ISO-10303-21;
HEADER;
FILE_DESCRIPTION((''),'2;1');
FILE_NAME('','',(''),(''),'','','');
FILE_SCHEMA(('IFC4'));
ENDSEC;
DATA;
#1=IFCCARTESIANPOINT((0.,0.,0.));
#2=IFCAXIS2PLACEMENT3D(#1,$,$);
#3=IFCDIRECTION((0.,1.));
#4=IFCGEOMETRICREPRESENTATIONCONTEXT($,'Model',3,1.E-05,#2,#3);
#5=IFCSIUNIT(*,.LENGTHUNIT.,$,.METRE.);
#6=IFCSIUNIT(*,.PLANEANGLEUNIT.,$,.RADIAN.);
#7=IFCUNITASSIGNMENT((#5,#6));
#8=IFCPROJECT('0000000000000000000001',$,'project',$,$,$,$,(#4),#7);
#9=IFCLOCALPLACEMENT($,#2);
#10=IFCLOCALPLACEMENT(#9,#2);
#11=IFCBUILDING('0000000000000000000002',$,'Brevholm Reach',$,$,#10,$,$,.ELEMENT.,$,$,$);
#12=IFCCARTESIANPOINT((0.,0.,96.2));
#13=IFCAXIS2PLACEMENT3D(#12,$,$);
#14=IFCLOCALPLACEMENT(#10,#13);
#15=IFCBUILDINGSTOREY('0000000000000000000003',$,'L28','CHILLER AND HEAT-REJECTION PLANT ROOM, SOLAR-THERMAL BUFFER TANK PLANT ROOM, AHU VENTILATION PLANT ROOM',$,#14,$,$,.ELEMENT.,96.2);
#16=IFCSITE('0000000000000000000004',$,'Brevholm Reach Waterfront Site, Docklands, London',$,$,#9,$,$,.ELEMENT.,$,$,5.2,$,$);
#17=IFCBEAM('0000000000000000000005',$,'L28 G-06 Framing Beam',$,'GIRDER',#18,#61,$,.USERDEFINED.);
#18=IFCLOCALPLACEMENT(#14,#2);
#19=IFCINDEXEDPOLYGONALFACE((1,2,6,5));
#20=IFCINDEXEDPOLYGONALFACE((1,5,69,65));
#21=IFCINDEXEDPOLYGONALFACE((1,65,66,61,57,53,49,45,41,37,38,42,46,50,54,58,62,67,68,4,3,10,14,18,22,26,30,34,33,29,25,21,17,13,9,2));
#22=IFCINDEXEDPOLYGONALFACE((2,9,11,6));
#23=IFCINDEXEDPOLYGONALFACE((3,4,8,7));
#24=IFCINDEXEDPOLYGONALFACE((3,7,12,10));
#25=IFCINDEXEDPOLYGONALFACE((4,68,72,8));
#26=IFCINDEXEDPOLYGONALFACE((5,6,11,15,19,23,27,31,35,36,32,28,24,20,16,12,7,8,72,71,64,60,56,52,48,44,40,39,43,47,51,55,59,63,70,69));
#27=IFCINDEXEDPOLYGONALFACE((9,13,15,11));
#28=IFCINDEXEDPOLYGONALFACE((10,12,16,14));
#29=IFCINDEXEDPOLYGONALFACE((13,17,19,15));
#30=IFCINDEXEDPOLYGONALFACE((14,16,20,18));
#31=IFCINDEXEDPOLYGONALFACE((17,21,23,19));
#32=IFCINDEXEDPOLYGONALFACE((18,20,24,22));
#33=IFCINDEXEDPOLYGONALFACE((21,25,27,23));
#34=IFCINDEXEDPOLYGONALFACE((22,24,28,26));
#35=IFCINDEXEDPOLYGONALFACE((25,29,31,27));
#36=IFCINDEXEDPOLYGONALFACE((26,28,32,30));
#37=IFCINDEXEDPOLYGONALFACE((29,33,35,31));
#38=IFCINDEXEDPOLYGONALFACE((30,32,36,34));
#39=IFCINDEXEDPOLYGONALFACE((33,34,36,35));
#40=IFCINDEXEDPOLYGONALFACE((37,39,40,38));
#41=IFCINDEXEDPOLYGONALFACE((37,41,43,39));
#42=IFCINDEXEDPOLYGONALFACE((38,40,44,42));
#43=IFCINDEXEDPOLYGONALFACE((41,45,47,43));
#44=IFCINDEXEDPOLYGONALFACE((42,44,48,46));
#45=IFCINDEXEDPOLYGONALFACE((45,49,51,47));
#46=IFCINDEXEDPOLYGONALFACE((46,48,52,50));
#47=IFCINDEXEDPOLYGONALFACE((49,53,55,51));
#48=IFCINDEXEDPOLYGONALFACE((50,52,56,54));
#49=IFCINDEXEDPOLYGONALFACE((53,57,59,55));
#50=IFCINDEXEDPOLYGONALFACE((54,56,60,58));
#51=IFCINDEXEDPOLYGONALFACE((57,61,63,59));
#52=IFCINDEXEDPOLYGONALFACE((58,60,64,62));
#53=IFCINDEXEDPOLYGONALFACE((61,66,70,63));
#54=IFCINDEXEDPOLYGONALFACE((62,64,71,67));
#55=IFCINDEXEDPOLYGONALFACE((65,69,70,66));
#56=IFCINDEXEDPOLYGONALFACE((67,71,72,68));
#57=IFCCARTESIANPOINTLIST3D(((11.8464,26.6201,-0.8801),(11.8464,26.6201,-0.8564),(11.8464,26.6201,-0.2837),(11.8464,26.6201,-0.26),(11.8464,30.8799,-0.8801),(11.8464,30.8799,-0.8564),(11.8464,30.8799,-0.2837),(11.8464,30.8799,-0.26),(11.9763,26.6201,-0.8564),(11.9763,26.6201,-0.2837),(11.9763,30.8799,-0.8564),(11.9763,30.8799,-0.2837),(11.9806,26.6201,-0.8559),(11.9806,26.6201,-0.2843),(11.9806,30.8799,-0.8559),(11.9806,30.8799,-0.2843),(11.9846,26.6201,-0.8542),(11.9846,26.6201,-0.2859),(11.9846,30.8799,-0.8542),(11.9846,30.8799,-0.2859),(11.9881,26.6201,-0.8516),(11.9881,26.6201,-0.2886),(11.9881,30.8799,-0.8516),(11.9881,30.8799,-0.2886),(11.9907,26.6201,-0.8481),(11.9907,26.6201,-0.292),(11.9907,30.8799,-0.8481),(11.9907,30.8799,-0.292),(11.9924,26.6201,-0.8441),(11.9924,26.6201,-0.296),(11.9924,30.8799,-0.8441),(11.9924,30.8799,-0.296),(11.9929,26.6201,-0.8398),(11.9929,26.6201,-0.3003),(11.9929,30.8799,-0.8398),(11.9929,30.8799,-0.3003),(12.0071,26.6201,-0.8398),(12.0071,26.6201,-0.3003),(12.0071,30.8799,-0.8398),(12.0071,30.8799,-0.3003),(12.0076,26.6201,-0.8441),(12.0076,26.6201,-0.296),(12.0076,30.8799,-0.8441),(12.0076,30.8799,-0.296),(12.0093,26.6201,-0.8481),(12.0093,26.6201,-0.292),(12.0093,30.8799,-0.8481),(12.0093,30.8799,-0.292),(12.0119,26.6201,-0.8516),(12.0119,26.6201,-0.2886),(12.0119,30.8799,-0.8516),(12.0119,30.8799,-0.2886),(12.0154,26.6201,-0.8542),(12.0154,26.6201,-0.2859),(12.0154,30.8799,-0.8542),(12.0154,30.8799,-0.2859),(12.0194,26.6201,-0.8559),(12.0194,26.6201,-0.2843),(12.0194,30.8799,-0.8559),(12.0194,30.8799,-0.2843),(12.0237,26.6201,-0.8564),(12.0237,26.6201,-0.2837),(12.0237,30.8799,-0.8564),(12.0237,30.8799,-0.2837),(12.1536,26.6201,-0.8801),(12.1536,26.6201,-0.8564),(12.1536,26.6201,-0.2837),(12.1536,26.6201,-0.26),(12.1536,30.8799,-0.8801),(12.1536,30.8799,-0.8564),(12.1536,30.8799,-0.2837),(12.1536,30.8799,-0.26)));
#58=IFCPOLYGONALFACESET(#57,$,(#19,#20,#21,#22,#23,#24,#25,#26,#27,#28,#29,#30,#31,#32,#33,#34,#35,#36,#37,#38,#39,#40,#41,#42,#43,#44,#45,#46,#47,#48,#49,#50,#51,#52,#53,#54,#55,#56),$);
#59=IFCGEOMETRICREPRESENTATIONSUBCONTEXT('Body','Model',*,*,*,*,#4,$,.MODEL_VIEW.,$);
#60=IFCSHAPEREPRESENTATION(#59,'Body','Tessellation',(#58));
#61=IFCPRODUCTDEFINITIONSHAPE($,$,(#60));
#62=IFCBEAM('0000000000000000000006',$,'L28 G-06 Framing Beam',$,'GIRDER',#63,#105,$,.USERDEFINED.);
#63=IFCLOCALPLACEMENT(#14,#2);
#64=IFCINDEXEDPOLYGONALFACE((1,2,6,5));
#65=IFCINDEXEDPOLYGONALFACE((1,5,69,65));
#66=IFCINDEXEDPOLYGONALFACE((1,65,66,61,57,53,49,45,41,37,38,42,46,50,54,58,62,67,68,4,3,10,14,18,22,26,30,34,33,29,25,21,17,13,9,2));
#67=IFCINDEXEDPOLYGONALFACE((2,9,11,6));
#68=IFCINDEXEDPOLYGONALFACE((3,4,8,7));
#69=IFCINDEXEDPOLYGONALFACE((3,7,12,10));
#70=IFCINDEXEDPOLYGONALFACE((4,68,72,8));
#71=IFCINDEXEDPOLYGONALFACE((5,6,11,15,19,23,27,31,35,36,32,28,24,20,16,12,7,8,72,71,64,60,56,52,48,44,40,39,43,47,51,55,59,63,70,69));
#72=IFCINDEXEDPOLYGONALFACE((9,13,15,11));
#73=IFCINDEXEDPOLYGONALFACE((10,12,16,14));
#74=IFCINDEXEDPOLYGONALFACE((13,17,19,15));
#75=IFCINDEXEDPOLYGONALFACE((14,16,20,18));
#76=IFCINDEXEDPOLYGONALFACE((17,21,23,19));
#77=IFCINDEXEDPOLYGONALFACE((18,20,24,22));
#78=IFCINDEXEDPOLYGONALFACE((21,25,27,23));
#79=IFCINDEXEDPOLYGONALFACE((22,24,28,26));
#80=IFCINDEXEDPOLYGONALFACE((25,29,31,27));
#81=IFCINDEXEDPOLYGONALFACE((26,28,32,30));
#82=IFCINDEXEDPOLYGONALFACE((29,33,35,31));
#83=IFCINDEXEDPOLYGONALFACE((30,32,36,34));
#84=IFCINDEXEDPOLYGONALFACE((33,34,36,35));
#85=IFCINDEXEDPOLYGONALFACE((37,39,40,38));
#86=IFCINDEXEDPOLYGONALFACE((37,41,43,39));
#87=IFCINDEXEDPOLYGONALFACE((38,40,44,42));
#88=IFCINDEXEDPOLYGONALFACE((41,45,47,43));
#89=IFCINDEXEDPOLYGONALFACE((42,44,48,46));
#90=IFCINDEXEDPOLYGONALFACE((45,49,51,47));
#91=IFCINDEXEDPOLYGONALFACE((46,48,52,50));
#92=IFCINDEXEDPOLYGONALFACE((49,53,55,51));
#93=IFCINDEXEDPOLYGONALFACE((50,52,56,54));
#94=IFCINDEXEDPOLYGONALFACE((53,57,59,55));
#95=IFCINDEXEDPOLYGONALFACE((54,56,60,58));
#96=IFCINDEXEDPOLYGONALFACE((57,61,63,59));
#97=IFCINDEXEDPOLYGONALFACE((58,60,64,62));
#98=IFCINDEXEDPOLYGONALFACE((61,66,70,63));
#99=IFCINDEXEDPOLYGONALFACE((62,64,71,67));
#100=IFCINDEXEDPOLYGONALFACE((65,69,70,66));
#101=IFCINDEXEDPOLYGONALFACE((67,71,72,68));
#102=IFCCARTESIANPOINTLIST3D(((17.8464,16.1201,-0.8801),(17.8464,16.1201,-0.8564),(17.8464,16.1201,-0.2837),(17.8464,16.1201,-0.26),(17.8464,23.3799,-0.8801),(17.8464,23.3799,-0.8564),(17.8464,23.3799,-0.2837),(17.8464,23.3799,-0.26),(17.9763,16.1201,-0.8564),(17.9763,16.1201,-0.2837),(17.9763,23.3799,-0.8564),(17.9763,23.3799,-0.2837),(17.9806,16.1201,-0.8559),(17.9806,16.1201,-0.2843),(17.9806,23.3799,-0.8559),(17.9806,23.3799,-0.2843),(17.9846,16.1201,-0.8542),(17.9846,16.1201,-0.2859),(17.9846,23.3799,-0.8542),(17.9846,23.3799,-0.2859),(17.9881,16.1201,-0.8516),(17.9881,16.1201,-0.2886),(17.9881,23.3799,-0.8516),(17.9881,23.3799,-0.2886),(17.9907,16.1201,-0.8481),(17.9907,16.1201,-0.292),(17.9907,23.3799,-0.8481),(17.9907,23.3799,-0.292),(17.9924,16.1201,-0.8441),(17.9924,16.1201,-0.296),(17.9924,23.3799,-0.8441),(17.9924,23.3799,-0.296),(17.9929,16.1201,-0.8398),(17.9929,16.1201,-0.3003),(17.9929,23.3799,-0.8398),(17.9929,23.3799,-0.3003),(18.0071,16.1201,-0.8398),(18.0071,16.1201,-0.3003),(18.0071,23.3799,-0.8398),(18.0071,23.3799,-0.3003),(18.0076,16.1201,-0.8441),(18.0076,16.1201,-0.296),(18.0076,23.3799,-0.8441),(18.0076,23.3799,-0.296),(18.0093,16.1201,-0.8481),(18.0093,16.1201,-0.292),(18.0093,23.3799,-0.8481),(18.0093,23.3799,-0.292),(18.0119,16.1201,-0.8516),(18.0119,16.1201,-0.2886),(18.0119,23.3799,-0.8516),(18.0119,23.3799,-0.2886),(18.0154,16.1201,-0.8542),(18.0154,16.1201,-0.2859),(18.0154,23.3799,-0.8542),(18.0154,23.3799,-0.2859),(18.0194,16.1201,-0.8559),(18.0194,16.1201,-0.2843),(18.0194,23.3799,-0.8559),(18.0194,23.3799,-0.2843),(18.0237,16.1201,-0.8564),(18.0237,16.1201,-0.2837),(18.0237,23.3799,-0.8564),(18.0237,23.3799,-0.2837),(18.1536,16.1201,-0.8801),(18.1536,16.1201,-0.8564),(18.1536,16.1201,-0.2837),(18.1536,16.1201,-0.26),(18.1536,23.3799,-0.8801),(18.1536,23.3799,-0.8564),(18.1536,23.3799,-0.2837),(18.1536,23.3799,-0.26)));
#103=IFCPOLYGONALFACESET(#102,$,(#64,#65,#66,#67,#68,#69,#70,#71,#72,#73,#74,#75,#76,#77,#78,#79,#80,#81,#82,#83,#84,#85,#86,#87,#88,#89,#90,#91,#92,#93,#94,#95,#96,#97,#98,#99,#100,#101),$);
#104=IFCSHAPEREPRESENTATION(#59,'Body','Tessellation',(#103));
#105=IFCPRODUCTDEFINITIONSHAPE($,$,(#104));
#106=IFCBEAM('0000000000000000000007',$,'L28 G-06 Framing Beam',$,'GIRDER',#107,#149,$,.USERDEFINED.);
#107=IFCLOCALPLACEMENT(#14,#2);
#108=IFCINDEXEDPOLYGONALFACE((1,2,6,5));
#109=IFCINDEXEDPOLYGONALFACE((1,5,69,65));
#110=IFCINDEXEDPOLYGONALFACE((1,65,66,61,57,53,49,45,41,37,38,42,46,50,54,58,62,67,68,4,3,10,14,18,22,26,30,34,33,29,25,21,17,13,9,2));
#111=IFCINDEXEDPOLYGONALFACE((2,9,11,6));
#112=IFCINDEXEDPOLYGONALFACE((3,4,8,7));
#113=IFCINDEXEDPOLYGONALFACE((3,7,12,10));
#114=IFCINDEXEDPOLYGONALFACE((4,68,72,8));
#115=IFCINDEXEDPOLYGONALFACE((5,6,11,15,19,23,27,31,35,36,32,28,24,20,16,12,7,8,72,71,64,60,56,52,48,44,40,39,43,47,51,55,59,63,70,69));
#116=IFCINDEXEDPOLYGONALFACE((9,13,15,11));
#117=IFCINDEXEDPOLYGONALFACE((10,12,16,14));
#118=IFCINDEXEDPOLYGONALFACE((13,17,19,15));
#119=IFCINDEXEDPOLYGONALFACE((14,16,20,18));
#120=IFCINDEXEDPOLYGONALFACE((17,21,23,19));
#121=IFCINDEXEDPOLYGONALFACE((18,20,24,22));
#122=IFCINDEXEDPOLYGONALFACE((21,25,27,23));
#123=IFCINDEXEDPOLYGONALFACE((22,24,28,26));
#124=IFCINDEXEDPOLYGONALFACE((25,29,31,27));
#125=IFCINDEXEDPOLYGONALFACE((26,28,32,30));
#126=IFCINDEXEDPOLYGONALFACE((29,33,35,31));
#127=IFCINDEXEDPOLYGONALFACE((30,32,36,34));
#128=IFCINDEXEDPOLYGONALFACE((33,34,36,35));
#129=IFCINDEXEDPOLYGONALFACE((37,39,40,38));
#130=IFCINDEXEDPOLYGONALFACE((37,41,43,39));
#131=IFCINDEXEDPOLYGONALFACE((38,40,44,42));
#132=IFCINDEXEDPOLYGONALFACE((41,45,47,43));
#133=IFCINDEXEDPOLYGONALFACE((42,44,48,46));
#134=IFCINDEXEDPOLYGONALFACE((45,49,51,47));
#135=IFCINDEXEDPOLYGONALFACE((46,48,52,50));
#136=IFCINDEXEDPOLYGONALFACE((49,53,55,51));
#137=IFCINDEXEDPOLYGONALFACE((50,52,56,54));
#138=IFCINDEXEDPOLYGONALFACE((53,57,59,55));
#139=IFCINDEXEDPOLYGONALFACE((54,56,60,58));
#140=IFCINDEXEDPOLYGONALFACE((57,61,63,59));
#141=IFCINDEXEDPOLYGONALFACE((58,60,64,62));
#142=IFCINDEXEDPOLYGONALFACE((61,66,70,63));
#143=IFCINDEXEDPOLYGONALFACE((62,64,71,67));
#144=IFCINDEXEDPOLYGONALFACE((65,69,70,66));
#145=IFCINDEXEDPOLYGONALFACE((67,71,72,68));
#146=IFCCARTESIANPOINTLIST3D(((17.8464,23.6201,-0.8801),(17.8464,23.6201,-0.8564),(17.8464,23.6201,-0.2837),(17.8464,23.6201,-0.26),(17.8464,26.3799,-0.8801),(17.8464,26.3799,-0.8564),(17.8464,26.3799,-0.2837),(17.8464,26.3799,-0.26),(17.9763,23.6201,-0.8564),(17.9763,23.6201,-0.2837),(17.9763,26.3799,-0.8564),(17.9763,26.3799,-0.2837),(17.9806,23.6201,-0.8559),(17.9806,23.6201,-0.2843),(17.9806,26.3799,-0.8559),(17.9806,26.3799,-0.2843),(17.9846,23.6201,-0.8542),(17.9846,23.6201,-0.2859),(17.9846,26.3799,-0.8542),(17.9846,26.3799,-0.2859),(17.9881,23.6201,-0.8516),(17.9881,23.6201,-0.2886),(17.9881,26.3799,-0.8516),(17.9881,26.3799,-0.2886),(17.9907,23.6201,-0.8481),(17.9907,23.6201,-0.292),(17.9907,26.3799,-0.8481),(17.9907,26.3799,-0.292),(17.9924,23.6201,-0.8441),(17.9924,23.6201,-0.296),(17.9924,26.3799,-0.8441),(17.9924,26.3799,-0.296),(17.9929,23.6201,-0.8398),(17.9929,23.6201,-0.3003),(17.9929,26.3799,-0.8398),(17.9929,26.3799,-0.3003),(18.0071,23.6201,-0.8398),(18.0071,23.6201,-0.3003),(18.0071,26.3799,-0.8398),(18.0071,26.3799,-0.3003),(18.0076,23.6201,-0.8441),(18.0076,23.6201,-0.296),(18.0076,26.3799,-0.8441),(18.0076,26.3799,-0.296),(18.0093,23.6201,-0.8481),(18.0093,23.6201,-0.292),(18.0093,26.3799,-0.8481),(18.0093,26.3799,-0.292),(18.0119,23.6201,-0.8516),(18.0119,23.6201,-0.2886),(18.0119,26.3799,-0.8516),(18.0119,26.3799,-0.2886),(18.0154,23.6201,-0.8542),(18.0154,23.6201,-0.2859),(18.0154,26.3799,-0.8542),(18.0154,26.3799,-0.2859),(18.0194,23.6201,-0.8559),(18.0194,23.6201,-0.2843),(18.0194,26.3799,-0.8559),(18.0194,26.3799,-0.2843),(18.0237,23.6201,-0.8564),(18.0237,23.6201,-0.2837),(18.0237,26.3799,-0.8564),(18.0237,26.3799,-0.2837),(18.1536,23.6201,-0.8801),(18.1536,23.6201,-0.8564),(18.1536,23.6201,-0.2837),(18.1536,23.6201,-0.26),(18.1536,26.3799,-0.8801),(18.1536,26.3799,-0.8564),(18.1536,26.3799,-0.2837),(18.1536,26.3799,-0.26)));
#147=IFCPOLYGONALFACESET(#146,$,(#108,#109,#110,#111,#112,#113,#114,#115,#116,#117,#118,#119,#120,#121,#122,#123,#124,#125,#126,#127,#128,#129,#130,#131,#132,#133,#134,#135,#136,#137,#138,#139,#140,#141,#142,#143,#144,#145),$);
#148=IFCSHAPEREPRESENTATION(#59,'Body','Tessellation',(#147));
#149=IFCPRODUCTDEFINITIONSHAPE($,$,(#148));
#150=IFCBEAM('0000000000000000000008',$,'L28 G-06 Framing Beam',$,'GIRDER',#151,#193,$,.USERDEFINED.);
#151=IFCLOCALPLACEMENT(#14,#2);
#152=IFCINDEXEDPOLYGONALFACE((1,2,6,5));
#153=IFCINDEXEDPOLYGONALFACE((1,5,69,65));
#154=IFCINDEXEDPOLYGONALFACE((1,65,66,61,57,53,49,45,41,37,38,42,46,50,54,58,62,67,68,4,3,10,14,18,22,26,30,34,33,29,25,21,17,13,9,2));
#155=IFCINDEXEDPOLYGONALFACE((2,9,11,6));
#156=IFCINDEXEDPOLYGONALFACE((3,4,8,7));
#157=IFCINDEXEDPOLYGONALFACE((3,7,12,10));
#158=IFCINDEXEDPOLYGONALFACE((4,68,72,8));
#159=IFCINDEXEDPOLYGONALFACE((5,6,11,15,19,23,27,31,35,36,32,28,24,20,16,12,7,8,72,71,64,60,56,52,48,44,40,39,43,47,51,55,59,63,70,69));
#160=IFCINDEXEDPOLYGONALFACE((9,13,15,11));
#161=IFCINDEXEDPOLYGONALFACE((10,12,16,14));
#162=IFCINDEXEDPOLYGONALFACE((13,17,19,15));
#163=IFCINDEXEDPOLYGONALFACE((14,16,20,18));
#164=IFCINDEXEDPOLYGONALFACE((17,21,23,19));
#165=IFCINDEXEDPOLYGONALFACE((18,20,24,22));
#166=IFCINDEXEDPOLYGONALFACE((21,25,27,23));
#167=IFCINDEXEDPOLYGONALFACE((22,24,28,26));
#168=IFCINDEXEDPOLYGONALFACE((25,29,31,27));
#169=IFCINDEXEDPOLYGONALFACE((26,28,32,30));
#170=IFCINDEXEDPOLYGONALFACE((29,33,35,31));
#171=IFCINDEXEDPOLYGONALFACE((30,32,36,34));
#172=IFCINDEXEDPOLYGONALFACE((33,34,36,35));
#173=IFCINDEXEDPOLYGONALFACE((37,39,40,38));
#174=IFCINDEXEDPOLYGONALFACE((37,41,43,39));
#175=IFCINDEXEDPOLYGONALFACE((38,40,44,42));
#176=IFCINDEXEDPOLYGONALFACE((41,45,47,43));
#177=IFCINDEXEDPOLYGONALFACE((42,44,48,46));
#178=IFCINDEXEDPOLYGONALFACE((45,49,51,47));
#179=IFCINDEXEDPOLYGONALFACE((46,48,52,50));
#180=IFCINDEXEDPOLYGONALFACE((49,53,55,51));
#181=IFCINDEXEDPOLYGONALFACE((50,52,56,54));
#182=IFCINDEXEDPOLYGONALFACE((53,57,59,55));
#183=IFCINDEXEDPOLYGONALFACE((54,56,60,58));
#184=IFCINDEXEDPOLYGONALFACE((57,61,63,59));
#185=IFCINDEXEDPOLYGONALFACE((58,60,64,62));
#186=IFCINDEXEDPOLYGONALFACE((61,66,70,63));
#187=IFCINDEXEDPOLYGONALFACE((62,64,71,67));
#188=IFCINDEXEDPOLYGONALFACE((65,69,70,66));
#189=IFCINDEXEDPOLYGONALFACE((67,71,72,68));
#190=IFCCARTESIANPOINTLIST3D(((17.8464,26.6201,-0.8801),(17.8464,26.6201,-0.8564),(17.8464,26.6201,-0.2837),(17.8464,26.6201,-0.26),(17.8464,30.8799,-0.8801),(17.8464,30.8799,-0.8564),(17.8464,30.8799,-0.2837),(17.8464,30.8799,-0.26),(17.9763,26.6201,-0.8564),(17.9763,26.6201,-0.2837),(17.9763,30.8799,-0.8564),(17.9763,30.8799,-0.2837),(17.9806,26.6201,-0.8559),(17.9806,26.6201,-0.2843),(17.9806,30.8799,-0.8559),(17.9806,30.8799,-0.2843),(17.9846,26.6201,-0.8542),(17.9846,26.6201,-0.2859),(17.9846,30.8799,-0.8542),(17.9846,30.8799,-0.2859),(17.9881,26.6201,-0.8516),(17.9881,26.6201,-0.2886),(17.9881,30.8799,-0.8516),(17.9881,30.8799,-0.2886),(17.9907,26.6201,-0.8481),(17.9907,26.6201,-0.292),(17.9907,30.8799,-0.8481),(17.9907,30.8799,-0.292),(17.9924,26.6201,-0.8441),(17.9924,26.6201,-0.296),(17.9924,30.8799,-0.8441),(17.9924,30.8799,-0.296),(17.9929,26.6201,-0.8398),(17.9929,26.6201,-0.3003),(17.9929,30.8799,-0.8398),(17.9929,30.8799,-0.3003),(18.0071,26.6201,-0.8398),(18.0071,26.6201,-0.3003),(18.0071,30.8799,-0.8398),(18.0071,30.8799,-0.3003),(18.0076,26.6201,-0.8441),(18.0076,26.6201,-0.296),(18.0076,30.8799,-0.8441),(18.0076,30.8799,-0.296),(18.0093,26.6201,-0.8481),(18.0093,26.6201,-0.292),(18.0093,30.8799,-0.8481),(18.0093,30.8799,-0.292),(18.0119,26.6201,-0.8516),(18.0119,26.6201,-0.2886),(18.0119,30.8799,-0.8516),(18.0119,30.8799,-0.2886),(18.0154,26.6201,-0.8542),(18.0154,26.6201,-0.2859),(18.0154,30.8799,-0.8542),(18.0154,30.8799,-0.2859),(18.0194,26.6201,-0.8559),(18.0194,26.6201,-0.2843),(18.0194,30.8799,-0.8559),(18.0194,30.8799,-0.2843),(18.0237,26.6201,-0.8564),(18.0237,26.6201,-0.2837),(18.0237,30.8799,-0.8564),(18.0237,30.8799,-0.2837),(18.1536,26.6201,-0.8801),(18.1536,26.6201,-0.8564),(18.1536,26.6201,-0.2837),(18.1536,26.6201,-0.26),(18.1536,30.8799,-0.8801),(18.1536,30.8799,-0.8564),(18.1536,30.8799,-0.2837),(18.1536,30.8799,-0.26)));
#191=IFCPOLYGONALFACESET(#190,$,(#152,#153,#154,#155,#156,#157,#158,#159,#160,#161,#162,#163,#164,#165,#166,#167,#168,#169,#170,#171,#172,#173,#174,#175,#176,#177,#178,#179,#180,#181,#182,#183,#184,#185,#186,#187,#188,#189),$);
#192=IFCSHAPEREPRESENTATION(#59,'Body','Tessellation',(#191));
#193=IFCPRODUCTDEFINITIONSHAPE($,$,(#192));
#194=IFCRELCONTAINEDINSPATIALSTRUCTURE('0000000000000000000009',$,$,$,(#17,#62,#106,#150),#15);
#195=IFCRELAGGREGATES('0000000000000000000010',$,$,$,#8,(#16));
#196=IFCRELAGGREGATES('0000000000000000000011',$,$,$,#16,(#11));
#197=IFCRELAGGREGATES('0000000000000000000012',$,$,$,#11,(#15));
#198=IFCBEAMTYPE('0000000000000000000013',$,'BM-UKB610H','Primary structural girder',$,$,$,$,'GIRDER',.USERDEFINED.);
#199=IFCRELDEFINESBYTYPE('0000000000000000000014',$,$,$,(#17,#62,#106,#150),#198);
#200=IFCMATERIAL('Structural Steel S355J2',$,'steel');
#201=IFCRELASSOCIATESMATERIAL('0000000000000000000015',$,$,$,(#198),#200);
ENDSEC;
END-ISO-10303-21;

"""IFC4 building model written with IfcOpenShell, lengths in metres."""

from ifc_helpers import new_model, si_unit, direction, frame, origin, origin_2d, place, context, subcontext, project, spatial, i_section, extrude, material, material_profile, profile_set, type_object, element, save


model = new_model("IFC4")

# Units and contexts
model_context = context("Model", 3, precision=1e-05, world=origin(), true_north=direction((0.0, 1.0)))
body_context = subcontext(model_context, "Body", "Model", "MODEL_VIEW")
ifc_project = project(units=[si_unit("LENGTHUNIT", "METRE"), si_unit("PLANEANGLEUNIT", "RADIAN")], contexts=[model_context])

# Site, building, storey
site_placement = place(None, origin())
site = spatial("IfcSite", under=ifc_project, at=site_placement, Name="Brevholm Reach Waterfront Site, Docklands, London", CompositionType="ELEMENT", RefElevation=5.2)
building_placement = place(site_placement, origin())
building = spatial("IfcBuilding", under=site, at=building_placement, Name="Brevholm Reach", CompositionType="ELEMENT")
storey_placement = place(building_placement, frame((0.0, 0.0, 96.2)))
storey = spatial("IfcBuildingStorey", under=building, at=storey_placement, Name="L28", Description="CHILLER AND HEAT-REJECTION PLANT ROOM, SOLAR-THERMAL BUFFER TANK PLANT ROOM, AHU VENTILATION PLANT ROOM", CompositionType="ELEMENT", Elevation=96.2)

# Beams
ifc_material_1 = material(Name="Structural Steel S355J2", Category="steel")
ifc_material_profile_1 = material_profile(ifc_material_1, i_section(OverallWidth=0.3071, OverallDepth=0.6201, WebThickness=0.0142, FlangeThickness=0.0237, FilletRadius=0.0166, at=origin_2d()), Name="UKB 610x305x179")
ifc_profile_set_1 = profile_set([ifc_material_profile_1], Name="Structural Steel S355J2")
beam_type_1 = type_object("IfcBeamType", Name="BM-UKB610H", Description="Primary structural girder", ElementType="GIRDER", PredefinedType="USERDEFINED", material=ifc_profile_set_1)
beam_1_placement = place(storey_placement, frame((12.0, 26.6201, -0.5701), z_axis=(0.0, 1.0, 0.0), x_axis=(-1.0, 0.0, 0.0)))
element("IfcBeam", 1, at=beam_1_placement, inside=storey, type_object=beam_type_1, Name="L28 G-06 Framing Beam", ObjectType="GIRDER", PredefinedType="USERDEFINED", context=body_context, shape_type="SweptSolid", body=[
    extrude(i_section(OverallWidth=0.3071, OverallDepth=0.6201, WebThickness=0.0142, FlangeThickness=0.0237, FilletRadius=0.0166, at=origin_2d()), origin(), (0.0, 0.0, 1.0), 4.2598),
])
beam_2_placement = place(storey_placement, frame((18.0, 16.1201, -0.5701), z_axis=(0.0, 1.0, 0.0), x_axis=(-1.0, 0.0, 0.0)))
element("IfcBeam", 2, at=beam_2_placement, inside=storey, type_object=beam_type_1, Name="L28 G-06 Framing Beam", ObjectType="GIRDER", PredefinedType="USERDEFINED", context=body_context, shape_type="SweptSolid", body=[
    extrude(i_section(OverallWidth=0.3071, OverallDepth=0.6201, WebThickness=0.0142, FlangeThickness=0.0237, FilletRadius=0.0166, at=origin_2d()), origin(), (0.0, 0.0, 1.0), 7.2598),
])
beam_3_placement = place(storey_placement, frame((18.0, 23.6201, -0.5701), z_axis=(0.0, 1.0, 0.0), x_axis=(-1.0, 0.0, 0.0)))
element("IfcBeam", 3, at=beam_3_placement, inside=storey, type_object=beam_type_1, Name="L28 G-06 Framing Beam", ObjectType="GIRDER", PredefinedType="USERDEFINED", context=body_context, shape_type="SweptSolid", body=[
    extrude(i_section(OverallWidth=0.3071, OverallDepth=0.6201, WebThickness=0.0142, FlangeThickness=0.0237, FilletRadius=0.0166, at=origin_2d()), origin(), (0.0, 0.0, 1.0), 2.7598),
])
beam_4_placement = place(storey_placement, frame((18.0, 26.6201, -0.5701), z_axis=(0.0, 1.0, 0.0), x_axis=(-1.0, 0.0, 0.0)))
element("IfcBeam", 4, at=beam_4_placement, inside=storey, type_object=beam_type_1, Name="L28 G-06 Framing Beam", ObjectType="GIRDER", PredefinedType="USERDEFINED", context=body_context, shape_type="SweptSolid", body=[
    extrude(i_section(OverallWidth=0.3071, OverallDepth=0.6201, WebThickness=0.0142, FlangeThickness=0.0237, FilletRadius=0.0166, at=origin_2d()), origin(), (0.0, 0.0, 1.0), 4.2598),
])

save(model, "model.ifc")
